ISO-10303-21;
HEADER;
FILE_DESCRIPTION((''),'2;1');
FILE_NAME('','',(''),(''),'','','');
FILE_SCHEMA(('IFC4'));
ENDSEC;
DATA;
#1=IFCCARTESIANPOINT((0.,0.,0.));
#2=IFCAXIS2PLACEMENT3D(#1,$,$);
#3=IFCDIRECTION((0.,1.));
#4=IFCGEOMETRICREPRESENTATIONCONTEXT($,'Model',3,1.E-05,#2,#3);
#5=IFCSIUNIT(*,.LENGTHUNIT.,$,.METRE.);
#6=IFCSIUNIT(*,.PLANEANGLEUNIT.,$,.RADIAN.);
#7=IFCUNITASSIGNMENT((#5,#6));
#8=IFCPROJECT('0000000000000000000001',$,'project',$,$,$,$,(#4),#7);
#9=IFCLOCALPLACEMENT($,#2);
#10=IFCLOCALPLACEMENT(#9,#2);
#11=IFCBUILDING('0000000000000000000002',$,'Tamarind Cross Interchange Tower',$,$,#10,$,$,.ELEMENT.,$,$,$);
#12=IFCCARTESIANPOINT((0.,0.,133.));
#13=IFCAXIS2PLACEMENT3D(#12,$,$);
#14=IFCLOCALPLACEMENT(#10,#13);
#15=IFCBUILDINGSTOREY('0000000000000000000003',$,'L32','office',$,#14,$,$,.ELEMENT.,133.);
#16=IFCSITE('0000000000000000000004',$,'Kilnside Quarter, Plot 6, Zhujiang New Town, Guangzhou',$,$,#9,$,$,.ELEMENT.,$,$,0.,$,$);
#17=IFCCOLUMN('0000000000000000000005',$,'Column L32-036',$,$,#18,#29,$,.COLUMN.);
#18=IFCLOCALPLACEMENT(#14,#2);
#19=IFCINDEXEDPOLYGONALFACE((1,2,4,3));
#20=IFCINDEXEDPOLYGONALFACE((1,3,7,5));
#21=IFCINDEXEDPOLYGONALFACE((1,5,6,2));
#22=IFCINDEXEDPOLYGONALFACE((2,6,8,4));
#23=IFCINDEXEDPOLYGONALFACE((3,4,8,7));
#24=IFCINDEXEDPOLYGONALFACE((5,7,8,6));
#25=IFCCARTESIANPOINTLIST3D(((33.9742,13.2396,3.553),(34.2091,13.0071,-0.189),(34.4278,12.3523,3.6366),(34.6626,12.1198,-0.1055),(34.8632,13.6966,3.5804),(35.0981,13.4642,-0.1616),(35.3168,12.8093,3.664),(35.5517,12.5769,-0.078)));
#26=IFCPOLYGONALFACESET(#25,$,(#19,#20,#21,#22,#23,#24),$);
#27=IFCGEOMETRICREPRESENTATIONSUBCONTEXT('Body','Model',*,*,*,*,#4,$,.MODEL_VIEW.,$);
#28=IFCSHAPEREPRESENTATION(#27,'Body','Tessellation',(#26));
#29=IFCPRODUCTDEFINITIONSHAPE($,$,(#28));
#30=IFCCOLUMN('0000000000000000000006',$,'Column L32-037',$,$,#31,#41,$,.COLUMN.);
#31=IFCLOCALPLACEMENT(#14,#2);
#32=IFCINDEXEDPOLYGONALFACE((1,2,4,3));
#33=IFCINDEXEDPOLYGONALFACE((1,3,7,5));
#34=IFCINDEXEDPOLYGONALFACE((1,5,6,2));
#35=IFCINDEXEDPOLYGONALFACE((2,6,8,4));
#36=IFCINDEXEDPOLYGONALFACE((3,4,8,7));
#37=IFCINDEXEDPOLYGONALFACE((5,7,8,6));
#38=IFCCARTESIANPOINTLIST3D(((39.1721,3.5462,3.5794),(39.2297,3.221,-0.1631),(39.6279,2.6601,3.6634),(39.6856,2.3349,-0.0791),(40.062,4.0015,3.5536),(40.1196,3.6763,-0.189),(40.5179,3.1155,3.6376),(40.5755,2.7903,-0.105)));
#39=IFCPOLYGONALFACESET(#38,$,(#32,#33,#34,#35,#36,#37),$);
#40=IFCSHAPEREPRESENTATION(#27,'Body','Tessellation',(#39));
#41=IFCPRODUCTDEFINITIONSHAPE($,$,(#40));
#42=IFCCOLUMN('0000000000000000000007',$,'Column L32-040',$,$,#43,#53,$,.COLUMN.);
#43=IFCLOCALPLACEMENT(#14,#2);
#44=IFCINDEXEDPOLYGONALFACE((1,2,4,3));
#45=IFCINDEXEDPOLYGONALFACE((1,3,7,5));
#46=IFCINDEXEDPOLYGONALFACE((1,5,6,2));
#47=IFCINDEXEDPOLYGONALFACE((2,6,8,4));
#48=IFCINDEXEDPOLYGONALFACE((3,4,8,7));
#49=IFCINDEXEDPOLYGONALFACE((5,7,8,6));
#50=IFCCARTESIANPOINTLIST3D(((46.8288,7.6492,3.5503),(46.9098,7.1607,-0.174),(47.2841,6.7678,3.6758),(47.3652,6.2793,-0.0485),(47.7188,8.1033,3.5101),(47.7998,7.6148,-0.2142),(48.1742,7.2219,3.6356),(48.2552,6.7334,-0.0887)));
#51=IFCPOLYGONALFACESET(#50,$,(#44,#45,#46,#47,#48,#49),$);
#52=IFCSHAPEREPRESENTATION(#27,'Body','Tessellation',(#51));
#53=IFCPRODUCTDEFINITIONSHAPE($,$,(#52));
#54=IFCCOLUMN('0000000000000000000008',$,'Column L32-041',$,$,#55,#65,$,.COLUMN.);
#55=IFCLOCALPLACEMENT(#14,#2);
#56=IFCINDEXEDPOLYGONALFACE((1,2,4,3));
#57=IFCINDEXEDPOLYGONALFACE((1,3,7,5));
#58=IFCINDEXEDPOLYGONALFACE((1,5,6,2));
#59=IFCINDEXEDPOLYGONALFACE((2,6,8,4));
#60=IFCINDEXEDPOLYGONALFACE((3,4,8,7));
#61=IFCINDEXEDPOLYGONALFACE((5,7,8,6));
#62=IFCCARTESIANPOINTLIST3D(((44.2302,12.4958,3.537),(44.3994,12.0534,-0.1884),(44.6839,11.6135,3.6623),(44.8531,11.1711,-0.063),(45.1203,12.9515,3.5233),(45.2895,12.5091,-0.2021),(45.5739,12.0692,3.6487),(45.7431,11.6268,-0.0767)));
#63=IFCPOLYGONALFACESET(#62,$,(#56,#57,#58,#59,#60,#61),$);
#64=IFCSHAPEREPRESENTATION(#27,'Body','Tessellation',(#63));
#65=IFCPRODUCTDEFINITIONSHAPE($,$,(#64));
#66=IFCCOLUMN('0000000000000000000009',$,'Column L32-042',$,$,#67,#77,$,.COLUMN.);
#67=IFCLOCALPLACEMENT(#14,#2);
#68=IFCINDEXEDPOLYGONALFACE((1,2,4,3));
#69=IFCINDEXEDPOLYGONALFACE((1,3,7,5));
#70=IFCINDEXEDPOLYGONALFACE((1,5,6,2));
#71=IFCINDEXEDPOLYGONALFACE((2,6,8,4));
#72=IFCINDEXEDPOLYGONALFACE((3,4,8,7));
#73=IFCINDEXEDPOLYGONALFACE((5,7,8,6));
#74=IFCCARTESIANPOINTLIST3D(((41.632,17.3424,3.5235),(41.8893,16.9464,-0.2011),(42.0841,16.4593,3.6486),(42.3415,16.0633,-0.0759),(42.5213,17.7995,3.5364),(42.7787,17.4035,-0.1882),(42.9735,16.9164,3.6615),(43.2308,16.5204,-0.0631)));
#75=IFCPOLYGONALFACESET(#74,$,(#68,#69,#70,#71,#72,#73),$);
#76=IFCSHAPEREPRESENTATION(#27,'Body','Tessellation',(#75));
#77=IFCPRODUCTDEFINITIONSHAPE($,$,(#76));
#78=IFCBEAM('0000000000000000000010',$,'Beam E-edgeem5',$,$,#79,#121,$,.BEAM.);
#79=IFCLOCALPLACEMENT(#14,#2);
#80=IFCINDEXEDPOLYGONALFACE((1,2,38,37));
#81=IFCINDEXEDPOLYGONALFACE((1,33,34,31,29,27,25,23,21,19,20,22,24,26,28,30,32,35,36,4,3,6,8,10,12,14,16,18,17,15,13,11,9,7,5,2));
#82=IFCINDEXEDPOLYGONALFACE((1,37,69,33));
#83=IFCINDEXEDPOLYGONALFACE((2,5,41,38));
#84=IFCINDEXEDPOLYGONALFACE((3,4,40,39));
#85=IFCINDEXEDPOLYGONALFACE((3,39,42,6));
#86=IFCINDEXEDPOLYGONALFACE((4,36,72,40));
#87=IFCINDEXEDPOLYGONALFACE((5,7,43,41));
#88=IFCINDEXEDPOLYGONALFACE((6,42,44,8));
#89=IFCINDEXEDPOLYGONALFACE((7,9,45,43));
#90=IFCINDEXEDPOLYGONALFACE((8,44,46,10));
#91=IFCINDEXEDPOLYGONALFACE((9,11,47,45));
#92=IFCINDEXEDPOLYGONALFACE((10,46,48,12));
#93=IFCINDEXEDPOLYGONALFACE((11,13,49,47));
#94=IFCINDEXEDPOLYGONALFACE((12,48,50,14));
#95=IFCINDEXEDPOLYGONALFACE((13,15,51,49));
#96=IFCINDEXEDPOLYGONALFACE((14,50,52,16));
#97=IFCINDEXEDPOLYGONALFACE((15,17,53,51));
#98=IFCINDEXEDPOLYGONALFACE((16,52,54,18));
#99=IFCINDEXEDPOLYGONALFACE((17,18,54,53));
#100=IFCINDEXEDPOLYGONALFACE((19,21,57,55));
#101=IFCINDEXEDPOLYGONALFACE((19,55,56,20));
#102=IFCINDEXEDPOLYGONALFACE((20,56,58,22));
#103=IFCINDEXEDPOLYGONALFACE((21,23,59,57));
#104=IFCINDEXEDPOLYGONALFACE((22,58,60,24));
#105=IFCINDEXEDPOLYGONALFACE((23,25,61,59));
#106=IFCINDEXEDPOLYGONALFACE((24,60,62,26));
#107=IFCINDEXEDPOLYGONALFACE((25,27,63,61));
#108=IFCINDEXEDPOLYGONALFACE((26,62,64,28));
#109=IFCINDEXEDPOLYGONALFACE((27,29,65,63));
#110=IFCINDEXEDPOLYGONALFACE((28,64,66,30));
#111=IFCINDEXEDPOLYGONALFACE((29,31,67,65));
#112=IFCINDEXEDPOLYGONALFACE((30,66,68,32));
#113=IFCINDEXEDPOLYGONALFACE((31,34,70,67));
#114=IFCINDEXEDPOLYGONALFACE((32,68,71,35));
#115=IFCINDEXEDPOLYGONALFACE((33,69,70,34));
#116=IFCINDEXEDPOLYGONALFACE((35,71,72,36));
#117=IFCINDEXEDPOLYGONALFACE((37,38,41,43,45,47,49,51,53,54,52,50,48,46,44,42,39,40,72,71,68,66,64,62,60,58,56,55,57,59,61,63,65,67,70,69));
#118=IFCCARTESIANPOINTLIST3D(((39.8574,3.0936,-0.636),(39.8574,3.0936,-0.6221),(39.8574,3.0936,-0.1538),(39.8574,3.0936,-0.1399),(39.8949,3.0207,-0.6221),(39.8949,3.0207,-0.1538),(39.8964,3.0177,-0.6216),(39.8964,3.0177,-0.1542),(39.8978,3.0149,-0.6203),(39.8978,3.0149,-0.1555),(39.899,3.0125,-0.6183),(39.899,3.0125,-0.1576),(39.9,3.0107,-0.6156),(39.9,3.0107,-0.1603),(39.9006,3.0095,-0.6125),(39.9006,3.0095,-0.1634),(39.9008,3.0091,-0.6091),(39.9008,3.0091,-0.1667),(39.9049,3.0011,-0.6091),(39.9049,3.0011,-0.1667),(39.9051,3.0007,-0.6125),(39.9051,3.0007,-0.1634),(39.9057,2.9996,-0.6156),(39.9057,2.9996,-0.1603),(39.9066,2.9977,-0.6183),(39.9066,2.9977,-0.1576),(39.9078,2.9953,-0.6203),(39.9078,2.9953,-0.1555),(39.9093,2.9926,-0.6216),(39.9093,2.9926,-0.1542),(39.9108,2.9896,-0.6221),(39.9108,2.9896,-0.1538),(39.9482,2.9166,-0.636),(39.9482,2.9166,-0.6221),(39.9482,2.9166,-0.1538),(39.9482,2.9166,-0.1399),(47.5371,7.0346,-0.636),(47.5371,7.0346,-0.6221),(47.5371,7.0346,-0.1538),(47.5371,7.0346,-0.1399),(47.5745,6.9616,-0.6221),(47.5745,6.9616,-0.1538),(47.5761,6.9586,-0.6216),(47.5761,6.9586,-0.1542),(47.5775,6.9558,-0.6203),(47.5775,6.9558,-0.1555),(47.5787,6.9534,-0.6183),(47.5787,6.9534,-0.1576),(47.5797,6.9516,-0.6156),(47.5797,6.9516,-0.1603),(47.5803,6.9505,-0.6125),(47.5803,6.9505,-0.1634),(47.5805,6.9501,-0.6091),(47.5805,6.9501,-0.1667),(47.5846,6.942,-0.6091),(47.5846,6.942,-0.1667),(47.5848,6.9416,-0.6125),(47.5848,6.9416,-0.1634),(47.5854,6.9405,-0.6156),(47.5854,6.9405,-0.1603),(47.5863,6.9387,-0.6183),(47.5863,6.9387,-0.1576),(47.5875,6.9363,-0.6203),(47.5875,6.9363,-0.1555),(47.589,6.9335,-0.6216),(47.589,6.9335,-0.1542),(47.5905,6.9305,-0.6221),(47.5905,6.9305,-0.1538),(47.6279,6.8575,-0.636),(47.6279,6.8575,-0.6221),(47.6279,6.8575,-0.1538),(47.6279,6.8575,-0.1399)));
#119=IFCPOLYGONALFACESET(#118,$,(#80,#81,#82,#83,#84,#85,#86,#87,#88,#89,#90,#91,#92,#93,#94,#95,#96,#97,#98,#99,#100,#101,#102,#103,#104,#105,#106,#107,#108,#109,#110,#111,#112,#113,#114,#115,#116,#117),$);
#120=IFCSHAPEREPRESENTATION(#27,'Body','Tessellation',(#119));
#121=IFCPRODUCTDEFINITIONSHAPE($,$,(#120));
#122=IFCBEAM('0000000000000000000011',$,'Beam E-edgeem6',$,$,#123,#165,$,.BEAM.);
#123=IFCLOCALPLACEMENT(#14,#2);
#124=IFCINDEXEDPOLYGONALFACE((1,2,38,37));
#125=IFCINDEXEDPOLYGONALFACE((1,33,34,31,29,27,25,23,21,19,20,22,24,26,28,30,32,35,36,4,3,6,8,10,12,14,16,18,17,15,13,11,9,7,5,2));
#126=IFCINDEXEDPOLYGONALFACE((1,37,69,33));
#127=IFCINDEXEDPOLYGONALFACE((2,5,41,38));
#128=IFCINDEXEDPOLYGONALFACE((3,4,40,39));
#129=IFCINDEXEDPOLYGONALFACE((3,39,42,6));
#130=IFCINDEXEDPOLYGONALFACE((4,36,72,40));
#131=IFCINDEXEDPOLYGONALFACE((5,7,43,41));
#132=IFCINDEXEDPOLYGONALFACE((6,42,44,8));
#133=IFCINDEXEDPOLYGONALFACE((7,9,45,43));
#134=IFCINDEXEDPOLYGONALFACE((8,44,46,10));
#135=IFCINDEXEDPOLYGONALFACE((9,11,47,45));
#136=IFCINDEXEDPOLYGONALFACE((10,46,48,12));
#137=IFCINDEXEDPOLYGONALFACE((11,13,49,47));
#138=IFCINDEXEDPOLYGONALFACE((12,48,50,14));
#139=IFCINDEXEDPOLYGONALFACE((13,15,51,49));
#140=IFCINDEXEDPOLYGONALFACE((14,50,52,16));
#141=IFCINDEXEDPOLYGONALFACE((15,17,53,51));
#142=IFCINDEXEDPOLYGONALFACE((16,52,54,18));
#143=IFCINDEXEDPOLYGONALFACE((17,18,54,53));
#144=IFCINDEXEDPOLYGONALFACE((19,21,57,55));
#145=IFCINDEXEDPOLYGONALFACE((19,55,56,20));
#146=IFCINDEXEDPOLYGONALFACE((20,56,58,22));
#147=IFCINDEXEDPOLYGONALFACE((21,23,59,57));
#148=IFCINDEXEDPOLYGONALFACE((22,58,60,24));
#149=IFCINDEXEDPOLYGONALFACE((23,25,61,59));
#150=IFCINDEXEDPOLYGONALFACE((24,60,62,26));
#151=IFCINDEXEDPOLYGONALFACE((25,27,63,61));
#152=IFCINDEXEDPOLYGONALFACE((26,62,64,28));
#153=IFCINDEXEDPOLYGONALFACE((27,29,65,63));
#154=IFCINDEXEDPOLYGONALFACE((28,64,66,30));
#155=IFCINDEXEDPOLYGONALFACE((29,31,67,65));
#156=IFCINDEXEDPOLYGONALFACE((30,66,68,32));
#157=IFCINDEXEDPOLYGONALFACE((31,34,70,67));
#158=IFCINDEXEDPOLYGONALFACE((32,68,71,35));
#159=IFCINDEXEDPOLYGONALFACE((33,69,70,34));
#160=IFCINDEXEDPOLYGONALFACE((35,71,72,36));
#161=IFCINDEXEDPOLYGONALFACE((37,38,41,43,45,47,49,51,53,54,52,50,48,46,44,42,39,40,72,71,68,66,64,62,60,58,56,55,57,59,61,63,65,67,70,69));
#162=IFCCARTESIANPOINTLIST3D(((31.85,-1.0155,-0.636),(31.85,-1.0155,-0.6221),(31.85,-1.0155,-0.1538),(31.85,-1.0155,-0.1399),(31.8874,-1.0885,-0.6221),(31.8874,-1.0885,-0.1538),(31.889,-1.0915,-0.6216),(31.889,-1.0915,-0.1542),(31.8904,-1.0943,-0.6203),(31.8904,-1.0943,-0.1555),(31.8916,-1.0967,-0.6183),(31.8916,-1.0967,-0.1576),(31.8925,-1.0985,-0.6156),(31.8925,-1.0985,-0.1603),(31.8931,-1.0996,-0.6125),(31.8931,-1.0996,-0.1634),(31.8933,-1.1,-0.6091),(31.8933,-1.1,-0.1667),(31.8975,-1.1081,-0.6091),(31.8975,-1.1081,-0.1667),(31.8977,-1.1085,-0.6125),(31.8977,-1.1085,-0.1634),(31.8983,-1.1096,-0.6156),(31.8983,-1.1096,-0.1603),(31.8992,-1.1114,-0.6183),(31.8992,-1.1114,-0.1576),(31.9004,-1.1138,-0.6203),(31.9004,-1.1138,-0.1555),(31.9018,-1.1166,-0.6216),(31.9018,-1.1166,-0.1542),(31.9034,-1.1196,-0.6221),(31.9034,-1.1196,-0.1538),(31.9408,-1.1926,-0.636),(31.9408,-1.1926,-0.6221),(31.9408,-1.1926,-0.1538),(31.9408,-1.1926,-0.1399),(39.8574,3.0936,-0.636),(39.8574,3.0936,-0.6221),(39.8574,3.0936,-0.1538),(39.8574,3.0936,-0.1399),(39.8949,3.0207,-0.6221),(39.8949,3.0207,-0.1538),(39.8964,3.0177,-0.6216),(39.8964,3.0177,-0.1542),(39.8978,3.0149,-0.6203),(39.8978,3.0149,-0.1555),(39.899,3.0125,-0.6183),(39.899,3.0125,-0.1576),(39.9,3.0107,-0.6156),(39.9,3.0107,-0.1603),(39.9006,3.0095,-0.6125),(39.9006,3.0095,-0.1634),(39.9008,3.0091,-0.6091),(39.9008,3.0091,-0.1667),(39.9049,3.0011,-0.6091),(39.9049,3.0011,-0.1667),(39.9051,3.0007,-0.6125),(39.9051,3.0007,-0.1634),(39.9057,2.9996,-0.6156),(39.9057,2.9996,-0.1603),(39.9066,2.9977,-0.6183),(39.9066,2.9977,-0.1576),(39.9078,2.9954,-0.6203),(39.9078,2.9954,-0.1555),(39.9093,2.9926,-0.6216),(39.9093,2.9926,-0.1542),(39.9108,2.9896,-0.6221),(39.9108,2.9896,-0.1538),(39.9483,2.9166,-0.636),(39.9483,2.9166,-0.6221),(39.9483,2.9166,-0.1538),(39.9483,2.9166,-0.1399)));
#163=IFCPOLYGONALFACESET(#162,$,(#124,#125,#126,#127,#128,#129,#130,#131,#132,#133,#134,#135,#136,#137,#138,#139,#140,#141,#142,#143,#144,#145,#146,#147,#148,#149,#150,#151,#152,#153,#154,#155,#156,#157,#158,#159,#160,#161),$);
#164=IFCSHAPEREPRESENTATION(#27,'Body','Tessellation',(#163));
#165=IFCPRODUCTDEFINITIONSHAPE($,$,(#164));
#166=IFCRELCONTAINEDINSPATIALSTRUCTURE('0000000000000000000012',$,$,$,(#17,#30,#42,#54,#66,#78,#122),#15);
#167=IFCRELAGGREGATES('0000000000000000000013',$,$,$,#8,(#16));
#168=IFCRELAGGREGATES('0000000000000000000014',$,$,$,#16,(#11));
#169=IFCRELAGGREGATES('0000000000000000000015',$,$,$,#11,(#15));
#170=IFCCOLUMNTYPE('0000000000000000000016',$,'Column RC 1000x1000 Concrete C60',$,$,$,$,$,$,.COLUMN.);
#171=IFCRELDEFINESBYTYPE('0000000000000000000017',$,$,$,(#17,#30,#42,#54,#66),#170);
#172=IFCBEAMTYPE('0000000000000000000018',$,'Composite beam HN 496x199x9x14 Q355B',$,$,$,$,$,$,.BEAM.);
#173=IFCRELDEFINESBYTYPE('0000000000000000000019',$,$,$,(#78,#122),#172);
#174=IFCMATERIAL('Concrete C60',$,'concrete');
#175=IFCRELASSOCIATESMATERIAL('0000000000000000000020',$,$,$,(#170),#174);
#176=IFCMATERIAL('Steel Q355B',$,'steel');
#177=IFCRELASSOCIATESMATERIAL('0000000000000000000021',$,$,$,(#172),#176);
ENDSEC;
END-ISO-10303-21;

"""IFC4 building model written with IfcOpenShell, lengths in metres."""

from ifc_helpers import new_model, si_unit, direction, frame, origin, origin_2d, place, context, subcontext, project, spatial, rectangle, i_section, extrude, material, material_profile, profile_set, type_object, element, save


model = new_model("IFC4")

# Units and contexts
model_context = context("Model", 3, precision=1e-05, world=origin(), true_north=direction((0.0, 1.0)))
body_context = subcontext(model_context, "Body", "Model", "MODEL_VIEW")
ifc_project = project(units=[si_unit("LENGTHUNIT", "METRE"), si_unit("PLANEANGLEUNIT", "RADIAN")], contexts=[model_context])

# Site, building, storey
site_placement = place(None, origin())
site = spatial("IfcSite", under=ifc_project, at=site_placement, Name="Kilnside Quarter, Plot 6, Zhujiang New Town, Guangzhou", CompositionType="ELEMENT", RefElevation=0.0)
building_placement = place(site_placement, origin())
building = spatial("IfcBuilding", under=site, at=building_placement, Name="Tamarind Cross Interchange Tower", CompositionType="ELEMENT")
storey_placement = place(building_placement, frame((0.0, 0.0, 133.0)))
storey = spatial("IfcBuildingStorey", under=building, at=storey_placement, Name="L32", Description="office", CompositionType="ELEMENT", Elevation=133.0)

# Columns
ifc_material_1 = material(Name="Concrete C60", Category="concrete")
ifc_material_profile_1 = material_profile(ifc_material_1, rectangle(XDim=1.0, YDim=1.0, at=origin_2d()), Name="RC 1000x1000")
ifc_profile_set_1 = profile_set([ifc_material_profile_1], Name="Concrete C60")
column_type = type_object("IfcColumnType", Name="Column RC 1000x1000 Concrete C60", PredefinedType="COLUMN", material=ifc_profile_set_1)
column_1_placement = place(storey_placement, frame((34.8804, 12.792, -0.1335), z_axis=(-0.062522, 0.061872, 0.996124), x_axis=(0.453556, -0.8873, 0.08358)))
element("IfcColumn", 1, at=column_1_placement, inside=storey, type_object=column_type, Name="Column L32-036", PredefinedType="COLUMN", context=body_context, shape_type="SweptSolid", body=[
    extrude(rectangle(XDim=1.0, YDim=1.0, at=origin_2d()), origin(), (0.0, 0.0, 1.0), 3.7566),
])
for number, where, z_axis, x_axis, name in (
    (2, (39.9026, 3.0056, -0.134), (-0.015336, 0.086558, 0.996129), (-0.889924, -0.455375, 0.025868), "Column L32-037"),
    (3, (47.5825, 6.947, -0.1313), (-0.021573, 0.130026, 0.991276), (-0.890037, -0.454113, 0.040196), "Column L32-040"),
):
    element("IfcColumn", number, at=place(storey_placement, frame(where, z_axis=z_axis, x_axis=x_axis)), inside=storey, type_object=column_type, Name=name, PredefinedType="COLUMN", context=body_context, shape_type="SweptSolid", body=[
        extrude(rectangle(XDim=1.0, YDim=1.0, at=origin_2d()), origin(), (0.0, 0.0, 1.0), 3.7571),
    ])
column_2_placement = place(storey_placement, frame((45.0713, 11.8401, -0.1326), z_axis=(-0.045053, 0.117801, 0.992015), x_axis=(-0.890032, -0.455693, 0.013692)))
element("IfcColumn", 4, at=column_2_placement, inside=storey, type_object=column_type, Name="Column L32-041", PredefinedType="COLUMN", context=body_context, shape_type="SweptSolid", body=[
    extrude(rectangle(XDim=1.0, YDim=1.0, at=origin_2d()), origin(), (0.0, 0.0, 1.0), 3.7554),
])
column_3_placement = place(storey_placement, frame((42.5601, 16.7334, -0.1321), z_axis=(-0.068539, 0.105474, 0.992057), x_axis=(0.452121, -0.883136, 0.12513)))
element("IfcColumn", 5, at=column_3_placement, inside=storey, type_object=column_type, Name="Column L32-042", PredefinedType="COLUMN", context=body_context, shape_type="SweptSolid", body=[
    extrude(rectangle(XDim=1.0, YDim=1.0, at=origin_2d()), origin(), (0.0, 0.0, 1.0), 3.7544),
])

# Beams
ifc_material_2 = material(Name="Steel Q355B", Category="steel")
ifc_material_profile_2 = material_profile(ifc_material_2, i_section(OverallWidth=0.199, OverallDepth=0.4961, WebThickness=0.009, FlangeThickness=0.0139, FilletRadius=0.0129, at=origin_2d()), Name="HN 496x199x9x14")
ifc_profile_set_2 = profile_set([ifc_material_profile_2], Name="Steel Q355B")
beam_type_1 = type_object("IfcBeamType", Name="Composite beam HN 496x199x9x14 Q355B", PredefinedType="BEAM", material=ifc_profile_set_2)
beam_1_placement = place(storey_placement, frame((47.5825, 6.946, -0.3879), z_axis=(-0.889694, -0.456557, 0.0), x_axis=(0.456557, -0.889694, 0.0)))
element("IfcBeam", 6, at=beam_1_placement, inside=storey, type_object=beam_type_1, Name="Beam E-edgeem5", PredefinedType="BEAM", context=body_context, shape_type="SweptSolid", body=[
    extrude(i_section(OverallWidth=0.199, OverallDepth=0.4961, WebThickness=0.009, FlangeThickness=0.0139, FilletRadius=0.0129, at=origin_2d()), origin(), (0.0, 0.0, 1.0), 8.6318),
])
beam_2_placement = place(storey_placement, frame((39.9028, 3.0051, -0.3879), z_axis=(-0.889691, -0.456564, 0.0), x_axis=(0.456564, -0.889691, 0.0)))
element("IfcBeam", 7, at=beam_2_placement, inside=storey, type_object=beam_type_1, Name="Beam E-edgeem6", PredefinedType="BEAM", context=body_context, shape_type="SweptSolid", body=[
    extrude(i_section(OverallWidth=0.199, OverallDepth=0.4961, WebThickness=0.009, FlangeThickness=0.0139, FilletRadius=0.0129, at=origin_2d()), origin(), (0.0, 0.0, 1.0), 9.0002),
])

save(model, "model.ifc")
